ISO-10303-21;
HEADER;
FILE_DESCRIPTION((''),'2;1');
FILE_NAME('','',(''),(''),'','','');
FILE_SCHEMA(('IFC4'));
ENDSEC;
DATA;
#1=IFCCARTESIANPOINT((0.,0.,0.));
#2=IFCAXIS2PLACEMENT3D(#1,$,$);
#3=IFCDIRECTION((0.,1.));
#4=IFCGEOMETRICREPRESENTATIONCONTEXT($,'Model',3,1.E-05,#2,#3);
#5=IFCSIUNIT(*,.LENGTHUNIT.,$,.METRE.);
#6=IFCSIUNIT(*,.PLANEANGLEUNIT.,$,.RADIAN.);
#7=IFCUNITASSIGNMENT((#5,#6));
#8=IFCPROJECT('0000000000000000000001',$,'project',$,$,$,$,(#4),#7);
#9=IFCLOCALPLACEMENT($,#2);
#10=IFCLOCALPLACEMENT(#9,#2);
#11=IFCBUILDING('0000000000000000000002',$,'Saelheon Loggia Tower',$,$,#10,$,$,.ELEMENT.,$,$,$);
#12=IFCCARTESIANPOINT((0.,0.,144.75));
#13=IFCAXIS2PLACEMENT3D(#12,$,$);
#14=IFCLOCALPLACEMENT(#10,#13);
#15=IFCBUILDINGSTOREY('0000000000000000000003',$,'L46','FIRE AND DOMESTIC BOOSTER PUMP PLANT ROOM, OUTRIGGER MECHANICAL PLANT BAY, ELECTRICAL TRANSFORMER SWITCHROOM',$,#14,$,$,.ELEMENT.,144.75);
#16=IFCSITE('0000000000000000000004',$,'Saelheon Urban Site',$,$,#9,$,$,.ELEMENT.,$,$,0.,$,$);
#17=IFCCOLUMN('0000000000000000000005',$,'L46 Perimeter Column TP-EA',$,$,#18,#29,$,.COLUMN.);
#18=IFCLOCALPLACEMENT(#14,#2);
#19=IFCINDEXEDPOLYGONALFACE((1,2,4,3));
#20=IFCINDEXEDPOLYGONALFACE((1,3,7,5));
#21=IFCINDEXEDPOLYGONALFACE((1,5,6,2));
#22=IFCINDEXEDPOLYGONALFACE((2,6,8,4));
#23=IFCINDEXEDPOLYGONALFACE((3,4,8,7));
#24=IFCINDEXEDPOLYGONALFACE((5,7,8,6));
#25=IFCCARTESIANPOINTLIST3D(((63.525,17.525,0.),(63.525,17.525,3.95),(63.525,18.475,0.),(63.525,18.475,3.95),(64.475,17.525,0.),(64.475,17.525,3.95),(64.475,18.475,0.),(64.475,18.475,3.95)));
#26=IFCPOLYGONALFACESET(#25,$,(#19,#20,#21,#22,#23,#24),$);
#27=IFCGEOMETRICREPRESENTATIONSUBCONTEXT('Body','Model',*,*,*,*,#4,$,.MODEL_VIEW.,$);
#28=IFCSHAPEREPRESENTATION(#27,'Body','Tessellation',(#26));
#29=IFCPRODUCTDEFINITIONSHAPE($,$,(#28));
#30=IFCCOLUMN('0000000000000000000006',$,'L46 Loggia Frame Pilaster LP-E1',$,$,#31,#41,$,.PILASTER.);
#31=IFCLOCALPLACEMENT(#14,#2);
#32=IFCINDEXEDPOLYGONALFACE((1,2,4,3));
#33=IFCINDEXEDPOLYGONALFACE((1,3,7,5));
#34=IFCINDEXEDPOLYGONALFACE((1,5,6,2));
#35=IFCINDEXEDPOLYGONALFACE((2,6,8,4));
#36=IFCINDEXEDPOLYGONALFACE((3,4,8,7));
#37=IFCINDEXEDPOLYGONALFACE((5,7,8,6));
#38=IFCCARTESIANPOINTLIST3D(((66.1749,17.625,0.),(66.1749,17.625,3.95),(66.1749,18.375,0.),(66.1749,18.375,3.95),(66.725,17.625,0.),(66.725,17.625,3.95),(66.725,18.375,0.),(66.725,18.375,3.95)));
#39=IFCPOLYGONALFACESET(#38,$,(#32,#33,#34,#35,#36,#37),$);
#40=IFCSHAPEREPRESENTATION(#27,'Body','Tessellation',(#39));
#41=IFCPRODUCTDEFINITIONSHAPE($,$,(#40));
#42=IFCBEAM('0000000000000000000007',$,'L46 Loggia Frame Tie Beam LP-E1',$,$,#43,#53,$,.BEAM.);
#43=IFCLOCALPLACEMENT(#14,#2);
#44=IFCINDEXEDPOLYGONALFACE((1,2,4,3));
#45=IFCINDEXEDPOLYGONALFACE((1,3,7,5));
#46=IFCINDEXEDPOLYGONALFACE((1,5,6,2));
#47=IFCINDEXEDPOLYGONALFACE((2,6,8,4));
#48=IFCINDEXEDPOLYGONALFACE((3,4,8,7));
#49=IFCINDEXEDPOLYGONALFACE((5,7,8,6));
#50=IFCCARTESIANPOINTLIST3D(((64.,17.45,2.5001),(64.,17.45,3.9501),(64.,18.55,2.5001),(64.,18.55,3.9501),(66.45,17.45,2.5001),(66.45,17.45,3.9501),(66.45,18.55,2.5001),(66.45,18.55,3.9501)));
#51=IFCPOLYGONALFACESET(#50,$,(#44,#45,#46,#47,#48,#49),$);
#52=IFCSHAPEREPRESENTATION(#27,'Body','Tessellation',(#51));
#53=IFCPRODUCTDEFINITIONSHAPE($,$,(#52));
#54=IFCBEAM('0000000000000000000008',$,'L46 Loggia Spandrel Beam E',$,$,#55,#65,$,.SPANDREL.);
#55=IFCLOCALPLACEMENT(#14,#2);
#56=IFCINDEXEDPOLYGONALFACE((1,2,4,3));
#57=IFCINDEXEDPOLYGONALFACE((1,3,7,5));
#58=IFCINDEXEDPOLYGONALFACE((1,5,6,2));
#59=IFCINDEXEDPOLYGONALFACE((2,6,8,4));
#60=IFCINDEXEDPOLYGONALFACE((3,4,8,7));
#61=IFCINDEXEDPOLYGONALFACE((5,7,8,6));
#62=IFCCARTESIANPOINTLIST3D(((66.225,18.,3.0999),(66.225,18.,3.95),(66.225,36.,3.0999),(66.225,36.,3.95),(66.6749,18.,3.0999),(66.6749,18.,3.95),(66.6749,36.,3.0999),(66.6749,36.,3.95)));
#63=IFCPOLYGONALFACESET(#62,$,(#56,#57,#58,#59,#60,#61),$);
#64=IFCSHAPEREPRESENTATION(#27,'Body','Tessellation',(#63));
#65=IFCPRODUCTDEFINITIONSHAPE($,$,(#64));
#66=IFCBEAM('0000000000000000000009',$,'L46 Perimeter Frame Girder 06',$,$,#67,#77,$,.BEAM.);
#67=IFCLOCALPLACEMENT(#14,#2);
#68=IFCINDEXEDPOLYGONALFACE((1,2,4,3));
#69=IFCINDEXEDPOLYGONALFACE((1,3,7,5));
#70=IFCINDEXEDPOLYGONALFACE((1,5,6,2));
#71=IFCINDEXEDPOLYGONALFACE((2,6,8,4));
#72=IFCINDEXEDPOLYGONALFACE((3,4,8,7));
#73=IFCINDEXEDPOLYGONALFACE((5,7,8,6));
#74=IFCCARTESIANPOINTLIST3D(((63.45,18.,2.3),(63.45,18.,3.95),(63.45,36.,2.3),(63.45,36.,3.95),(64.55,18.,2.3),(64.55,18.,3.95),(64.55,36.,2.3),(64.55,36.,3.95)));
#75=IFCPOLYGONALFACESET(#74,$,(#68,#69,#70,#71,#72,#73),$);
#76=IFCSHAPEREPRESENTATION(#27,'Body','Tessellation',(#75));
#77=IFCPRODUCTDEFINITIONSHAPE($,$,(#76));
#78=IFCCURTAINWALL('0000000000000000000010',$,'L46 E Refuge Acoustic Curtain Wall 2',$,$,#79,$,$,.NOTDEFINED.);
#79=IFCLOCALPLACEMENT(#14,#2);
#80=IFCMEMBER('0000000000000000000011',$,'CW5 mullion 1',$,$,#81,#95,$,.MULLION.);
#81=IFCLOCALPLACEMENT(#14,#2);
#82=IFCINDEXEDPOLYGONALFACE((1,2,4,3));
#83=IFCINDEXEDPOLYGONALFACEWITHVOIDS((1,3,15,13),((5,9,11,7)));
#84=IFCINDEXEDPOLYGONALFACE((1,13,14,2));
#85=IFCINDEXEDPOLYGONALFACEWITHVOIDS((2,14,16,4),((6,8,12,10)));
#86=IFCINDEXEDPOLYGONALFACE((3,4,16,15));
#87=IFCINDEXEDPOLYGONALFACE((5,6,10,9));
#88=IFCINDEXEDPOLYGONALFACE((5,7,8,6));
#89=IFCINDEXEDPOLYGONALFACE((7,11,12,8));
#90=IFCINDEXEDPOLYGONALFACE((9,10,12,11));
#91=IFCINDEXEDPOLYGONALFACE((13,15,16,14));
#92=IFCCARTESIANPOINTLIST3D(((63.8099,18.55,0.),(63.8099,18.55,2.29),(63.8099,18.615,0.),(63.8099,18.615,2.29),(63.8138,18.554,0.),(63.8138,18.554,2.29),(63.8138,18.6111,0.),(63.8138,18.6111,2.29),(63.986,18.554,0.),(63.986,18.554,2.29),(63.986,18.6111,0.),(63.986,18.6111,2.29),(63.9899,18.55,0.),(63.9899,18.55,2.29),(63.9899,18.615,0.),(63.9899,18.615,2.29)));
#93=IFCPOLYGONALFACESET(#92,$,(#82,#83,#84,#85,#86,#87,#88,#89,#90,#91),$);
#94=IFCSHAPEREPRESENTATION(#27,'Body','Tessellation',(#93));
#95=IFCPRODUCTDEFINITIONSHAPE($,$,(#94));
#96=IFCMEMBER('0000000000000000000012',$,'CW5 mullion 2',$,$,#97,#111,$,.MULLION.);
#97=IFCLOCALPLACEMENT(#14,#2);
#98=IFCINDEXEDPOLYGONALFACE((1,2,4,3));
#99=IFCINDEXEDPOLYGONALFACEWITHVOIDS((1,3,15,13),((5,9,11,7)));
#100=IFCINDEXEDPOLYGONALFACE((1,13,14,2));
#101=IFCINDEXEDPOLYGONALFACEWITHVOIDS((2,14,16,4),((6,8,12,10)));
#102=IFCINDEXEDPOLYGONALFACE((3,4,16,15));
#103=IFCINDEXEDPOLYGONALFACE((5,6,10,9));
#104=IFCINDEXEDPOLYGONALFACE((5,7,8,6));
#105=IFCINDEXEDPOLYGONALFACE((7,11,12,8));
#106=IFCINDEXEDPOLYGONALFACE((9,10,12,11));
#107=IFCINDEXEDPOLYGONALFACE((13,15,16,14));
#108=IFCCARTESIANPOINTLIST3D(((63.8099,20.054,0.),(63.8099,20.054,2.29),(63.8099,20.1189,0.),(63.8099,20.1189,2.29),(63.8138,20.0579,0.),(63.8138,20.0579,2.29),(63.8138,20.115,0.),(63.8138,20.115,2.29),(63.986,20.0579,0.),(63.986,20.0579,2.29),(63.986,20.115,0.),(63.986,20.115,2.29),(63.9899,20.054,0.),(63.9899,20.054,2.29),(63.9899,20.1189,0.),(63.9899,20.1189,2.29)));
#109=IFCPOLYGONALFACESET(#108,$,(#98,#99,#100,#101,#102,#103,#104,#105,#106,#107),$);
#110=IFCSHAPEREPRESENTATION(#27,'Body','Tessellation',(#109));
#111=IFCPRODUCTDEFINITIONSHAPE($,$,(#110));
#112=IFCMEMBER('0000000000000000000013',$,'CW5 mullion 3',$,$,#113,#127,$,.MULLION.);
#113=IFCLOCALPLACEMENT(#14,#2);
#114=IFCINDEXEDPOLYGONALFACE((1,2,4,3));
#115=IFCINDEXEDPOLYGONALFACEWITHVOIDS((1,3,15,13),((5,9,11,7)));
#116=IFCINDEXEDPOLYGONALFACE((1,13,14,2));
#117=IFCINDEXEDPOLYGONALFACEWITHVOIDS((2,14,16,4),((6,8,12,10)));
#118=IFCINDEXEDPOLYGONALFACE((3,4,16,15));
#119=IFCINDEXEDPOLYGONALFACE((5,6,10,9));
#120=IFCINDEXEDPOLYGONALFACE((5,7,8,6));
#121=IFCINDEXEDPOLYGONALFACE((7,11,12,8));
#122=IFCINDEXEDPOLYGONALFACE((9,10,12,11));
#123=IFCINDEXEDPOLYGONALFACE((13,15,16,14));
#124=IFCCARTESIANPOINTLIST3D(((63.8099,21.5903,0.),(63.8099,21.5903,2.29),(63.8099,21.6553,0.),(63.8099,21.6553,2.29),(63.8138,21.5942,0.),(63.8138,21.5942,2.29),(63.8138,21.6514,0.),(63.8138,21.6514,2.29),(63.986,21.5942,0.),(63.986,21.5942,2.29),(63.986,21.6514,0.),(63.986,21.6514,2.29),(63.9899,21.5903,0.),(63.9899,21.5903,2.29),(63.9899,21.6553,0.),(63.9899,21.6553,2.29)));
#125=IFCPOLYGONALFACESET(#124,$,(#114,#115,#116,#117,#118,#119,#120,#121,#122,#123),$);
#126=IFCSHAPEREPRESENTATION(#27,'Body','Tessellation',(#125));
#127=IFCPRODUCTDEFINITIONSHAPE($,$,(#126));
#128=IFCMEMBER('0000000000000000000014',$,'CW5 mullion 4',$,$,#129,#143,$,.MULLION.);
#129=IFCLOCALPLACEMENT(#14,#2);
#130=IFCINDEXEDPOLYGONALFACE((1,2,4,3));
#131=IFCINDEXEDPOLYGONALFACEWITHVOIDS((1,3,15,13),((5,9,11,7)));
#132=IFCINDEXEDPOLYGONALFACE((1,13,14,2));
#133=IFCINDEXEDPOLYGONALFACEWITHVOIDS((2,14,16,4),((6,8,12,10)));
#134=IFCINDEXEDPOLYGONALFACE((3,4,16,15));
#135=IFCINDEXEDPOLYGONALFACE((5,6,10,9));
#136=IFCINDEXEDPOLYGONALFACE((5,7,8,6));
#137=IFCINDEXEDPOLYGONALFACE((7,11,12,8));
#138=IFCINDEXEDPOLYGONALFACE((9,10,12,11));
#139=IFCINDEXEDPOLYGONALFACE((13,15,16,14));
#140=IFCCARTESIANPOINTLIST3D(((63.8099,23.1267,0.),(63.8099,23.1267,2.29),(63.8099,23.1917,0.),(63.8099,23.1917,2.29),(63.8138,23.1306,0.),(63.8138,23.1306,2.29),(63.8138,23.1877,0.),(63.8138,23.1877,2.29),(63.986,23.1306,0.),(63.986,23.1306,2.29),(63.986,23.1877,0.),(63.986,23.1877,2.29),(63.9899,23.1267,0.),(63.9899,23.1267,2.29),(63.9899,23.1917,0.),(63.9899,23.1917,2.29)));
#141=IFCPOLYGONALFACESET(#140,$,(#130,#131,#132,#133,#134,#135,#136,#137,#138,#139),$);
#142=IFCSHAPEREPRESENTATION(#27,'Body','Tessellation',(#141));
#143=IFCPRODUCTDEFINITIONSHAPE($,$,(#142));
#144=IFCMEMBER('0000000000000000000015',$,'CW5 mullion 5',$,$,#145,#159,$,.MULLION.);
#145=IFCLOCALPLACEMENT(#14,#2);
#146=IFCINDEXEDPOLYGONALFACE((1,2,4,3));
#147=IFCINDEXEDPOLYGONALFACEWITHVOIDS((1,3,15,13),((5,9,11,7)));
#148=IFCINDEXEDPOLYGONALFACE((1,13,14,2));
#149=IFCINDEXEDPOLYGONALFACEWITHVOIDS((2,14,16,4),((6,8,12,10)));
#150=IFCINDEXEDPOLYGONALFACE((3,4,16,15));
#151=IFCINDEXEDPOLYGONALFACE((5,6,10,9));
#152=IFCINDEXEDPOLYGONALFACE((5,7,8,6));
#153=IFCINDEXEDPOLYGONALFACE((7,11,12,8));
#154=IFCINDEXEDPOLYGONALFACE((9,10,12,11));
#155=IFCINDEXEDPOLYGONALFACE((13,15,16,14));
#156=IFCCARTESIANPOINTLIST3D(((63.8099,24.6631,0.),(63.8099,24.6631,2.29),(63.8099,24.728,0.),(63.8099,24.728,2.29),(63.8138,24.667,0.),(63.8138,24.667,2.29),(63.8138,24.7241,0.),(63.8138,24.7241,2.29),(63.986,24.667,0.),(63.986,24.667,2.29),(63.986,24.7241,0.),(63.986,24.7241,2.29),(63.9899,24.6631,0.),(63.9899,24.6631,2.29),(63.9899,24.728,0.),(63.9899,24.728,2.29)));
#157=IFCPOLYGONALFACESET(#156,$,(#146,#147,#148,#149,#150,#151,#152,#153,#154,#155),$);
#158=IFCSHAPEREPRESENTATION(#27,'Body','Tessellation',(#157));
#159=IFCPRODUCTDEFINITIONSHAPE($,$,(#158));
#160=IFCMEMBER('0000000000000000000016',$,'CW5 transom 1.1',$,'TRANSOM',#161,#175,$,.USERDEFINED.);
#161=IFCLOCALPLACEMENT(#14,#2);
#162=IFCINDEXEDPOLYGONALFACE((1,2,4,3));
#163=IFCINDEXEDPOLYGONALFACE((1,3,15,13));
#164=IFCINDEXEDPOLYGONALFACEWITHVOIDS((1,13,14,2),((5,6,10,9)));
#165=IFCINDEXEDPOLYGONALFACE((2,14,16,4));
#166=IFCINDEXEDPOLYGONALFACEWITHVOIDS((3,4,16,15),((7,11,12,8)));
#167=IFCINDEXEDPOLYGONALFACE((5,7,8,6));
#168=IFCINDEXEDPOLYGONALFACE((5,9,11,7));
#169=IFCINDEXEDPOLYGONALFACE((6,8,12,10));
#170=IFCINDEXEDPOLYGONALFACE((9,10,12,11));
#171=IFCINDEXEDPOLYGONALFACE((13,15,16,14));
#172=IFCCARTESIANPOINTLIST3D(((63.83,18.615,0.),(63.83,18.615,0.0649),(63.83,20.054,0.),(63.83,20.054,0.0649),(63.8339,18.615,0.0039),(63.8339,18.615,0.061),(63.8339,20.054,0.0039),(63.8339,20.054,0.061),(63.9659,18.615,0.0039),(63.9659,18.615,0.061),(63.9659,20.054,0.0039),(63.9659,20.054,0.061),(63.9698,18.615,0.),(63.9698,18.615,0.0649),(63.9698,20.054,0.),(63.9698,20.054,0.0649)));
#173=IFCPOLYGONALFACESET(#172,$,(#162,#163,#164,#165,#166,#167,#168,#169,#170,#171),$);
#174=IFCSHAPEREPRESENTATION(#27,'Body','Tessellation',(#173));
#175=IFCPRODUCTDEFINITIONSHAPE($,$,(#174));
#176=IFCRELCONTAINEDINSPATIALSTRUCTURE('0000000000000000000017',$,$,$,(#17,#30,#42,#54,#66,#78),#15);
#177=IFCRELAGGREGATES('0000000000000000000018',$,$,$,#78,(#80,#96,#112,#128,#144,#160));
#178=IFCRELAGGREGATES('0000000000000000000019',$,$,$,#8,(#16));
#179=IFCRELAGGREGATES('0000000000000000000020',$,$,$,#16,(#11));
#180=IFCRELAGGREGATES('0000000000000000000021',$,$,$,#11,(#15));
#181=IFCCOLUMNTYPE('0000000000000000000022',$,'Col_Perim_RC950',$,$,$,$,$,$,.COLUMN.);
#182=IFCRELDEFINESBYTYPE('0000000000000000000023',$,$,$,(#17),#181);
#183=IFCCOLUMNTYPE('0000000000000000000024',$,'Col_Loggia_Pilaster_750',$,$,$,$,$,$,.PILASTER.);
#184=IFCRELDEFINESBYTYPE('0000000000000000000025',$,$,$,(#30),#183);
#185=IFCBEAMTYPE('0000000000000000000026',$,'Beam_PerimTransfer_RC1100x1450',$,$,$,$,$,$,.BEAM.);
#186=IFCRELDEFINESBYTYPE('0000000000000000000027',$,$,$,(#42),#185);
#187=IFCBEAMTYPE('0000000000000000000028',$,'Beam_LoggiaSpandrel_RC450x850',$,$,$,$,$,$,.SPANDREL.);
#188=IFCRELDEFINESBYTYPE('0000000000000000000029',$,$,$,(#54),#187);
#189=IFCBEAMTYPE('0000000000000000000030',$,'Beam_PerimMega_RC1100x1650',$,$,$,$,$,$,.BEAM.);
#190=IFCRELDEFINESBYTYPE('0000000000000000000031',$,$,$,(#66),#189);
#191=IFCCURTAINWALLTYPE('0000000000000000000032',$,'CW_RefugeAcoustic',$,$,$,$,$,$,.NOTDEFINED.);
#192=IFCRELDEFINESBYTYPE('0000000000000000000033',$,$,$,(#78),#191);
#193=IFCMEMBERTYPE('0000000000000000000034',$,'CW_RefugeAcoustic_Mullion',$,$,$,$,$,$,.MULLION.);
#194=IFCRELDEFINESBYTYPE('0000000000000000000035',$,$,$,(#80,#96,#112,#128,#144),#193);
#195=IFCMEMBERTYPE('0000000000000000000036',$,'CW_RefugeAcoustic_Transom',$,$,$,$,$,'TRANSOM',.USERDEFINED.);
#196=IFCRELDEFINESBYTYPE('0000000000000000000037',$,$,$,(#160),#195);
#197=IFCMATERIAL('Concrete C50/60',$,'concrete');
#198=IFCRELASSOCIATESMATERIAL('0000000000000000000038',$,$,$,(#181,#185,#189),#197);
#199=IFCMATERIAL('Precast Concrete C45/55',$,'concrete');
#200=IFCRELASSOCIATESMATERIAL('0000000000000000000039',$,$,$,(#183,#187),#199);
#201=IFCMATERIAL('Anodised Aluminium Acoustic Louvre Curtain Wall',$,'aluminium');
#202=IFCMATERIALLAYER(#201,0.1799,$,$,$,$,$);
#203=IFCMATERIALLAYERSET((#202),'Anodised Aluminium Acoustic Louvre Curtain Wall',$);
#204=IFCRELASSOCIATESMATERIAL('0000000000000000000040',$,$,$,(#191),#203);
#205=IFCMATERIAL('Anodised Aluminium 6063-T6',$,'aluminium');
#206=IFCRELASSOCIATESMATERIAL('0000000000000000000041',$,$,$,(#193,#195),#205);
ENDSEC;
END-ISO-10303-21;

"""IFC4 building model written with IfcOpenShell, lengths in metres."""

from ifc_helpers import new_model, si_unit, direction, frame, origin, origin_2d, place, context, subcontext, project, spatial, rectangle, hollow_rectangle, extrude, source, transform, mapped, material, layer, layer_set, material_profile, profile_set, type_object, element, aggregate, save


model = new_model("IFC4")

# Units and contexts
model_context = context("Model", 3, precision=1e-05, world=origin(), true_north=direction((0.0, 1.0)))
body_context = subcontext(model_context, "Body", "Model", "MODEL_VIEW")
ifc_project = project(units=[si_unit("LENGTHUNIT", "METRE"), si_unit("PLANEANGLEUNIT", "RADIAN")], contexts=[model_context])

# Site, building, storey
site_placement = place(None, origin())
site = spatial("IfcSite", under=ifc_project, at=site_placement, Name="Saelheon Urban Site", CompositionType="ELEMENT", RefElevation=0.0)
building_placement = place(site_placement, origin())
building = spatial("IfcBuilding", under=site, at=building_placement, Name="Saelheon Loggia Tower", CompositionType="ELEMENT")
storey_placement = place(building_placement, frame((0.0, 0.0, 144.75)))
storey = spatial("IfcBuildingStorey", under=building, at=storey_placement, Name="L46", Description="FIRE AND DOMESTIC BOOSTER PUMP PLANT ROOM, OUTRIGGER MECHANICAL PLANT BAY, ELECTRICAL TRANSFORMER SWITCHROOM", CompositionType="ELEMENT", Elevation=144.75)

# Columns
ifc_material_1 = material(Name="Concrete C50/60", Category="concrete")
ifc_material_profile_1 = material_profile(ifc_material_1, rectangle(XDim=0.95, YDim=0.95, at=origin_2d()), Name="RC-950x950")
ifc_profile_set_1 = profile_set([ifc_material_profile_1], Name="Concrete C50/60")
column_type_1 = type_object("IfcColumnType", Name="Col_Perim_RC950", PredefinedType="COLUMN", material=ifc_profile_set_1)
shared_shape_1 = source(origin(), body_context, "Body", "SweptSolid", [
    extrude(rectangle(XDim=0.95, YDim=0.95, at=origin_2d()), origin(), (0.0, 0.0, 1.0), 3.95),
])
column_1_placement = place(storey_placement, frame((64.0, 18.0, 0.0), z_axis=(0.0, 0.0, 1.0), x_axis=(1.0, 0.0, 0.0)))
element("IfcColumn", 1, at=column_1_placement, inside=storey, type_object=column_type_1, Name="L46 Perimeter Column TP-EA", PredefinedType="COLUMN", context=body_context, shape_type="MappedRepresentation", body=[
    mapped(shared_shape_1, transform((0.0, 0.0, 0.0), scale=1.0)),
])
ifc_material_2 = material(Name="Precast Concrete C45/55", Category="concrete")
ifc_material_profile_2 = material_profile(ifc_material_2, rectangle(XDim=0.55, YDim=0.75, at=origin_2d()), Name="RC-550x750")
ifc_profile_set_2 = profile_set([ifc_material_profile_2], Name="Precast Concrete C45/55")
column_type_2 = type_object("IfcColumnType", Name="Col_Loggia_Pilaster_750", PredefinedType="PILASTER", material=ifc_profile_set_2)
shared_shape_2 = source(origin(), body_context, "Body", "SweptSolid", [
    extrude(rectangle(XDim=0.55, YDim=0.75, at=origin_2d()), origin(), (0.0, 0.0, 1.0), 3.95),
])
column_2_placement = place(storey_placement, frame((66.45, 18.0, 0.0), z_axis=(0.0, 0.0, 1.0), x_axis=(1.0, 0.0, 0.0)))
element("IfcColumn", 2, at=column_2_placement, inside=storey, type_object=column_type_2, Name="L46 Loggia Frame Pilaster LP-E1", PredefinedType="PILASTER", context=body_context, shape_type="MappedRepresentation", body=[
    mapped(shared_shape_2, transform((0.0, 0.0, 0.0), scale=1.0)),
])

# Beams
ifc_material_profile_3 = material_profile(ifc_material_1, rectangle(XDim=1.1001, YDim=1.45, at=origin_2d()), Name="RC-1100x1450")
ifc_profile_set_3 = profile_set([ifc_material_profile_3], Name="Concrete C50/60")
beam_type_1 = type_object("IfcBeamType", Name="Beam_PerimTransfer_RC1100x1450", PredefinedType="BEAM", material=ifc_profile_set_3)
shared_shape_3 = source(origin(), body_context, "Body", "SweptSolid", [
    extrude(rectangle(XDim=1.1001, YDim=1.45, at=origin_2d()), origin(), (0.0, 0.0, 1.0), 2.45),
])
beam_1_placement = place(storey_placement, frame((64.0, 18.0, 3.2251), z_axis=(1.0, 0.0, 0.0), x_axis=(0.0, 1.0, 0.0)))
element("IfcBeam", 3, at=beam_1_placement, inside=storey, type_object=beam_type_1, Name="L46 Loggia Frame Tie Beam LP-E1", PredefinedType="BEAM", context=body_context, shape_type="MappedRepresentation", body=[
    mapped(shared_shape_3, transform((0.0, 0.0, 0.0), scale=1.0)),
])
ifc_material_profile_4 = material_profile(ifc_material_2, rectangle(XDim=0.45, YDim=0.8501, at=origin_2d()), Name="RC-450x850")
ifc_profile_set_4 = profile_set([ifc_material_profile_4], Name="Precast Concrete C45/55")
beam_type_2 = type_object("IfcBeamType", Name="Beam_LoggiaSpandrel_RC450x850", PredefinedType="SPANDREL", material=ifc_profile_set_4)
shared_shape_4 = source(origin(), body_context, "Body", "SweptSolid", [
    extrude(rectangle(XDim=0.45, YDim=0.8501, at=origin_2d()), origin(), (0.0, 0.0, 1.0), 18.0),
])
beam_2_placement = place(storey_placement, frame((66.45, 18.0, 3.5249), z_axis=(0.0, 1.0, 0.0), x_axis=(-1.0, 0.0, 0.0)))
element("IfcBeam", 4, at=beam_2_placement, inside=storey, type_object=beam_type_2, Name="L46 Loggia Spandrel Beam E", PredefinedType="SPANDREL", context=body_context, shape_type="MappedRepresentation", body=[
    mapped(shared_shape_4, transform((0.0, 0.0, 0.0), scale=1.0)),
])
ifc_material_profile_5 = material_profile(ifc_material_1, rectangle(XDim=1.1001, YDim=1.6499, at=origin_2d()), Name="RC-1100x1650")
ifc_profile_set_5 = profile_set([ifc_material_profile_5], Name="Concrete C50/60")
beam_type_3 = type_object("IfcBeamType", Name="Beam_PerimMega_RC1100x1650", PredefinedType="BEAM", material=ifc_profile_set_5)
shared_shape_5 = source(origin(), body_context, "Body", "SweptSolid", [
    extrude(rectangle(XDim=1.1001, YDim=1.6499, at=origin_2d()), origin(), (0.0, 0.0, 1.0), 18.0),
])
beam_3_placement = place(storey_placement, frame((64.0, 18.0, 3.125), z_axis=(0.0, 1.0, 0.0), x_axis=(-1.0, 0.0, 0.0)))
element("IfcBeam", 5, at=beam_3_placement, inside=storey, type_object=beam_type_3, Name="L46 Perimeter Frame Girder 06", PredefinedType="BEAM", context=body_context, shape_type="MappedRepresentation", body=[
    mapped(shared_shape_5, transform((0.0, 0.0, 0.0), scale=1.0)),
])

# Curtain wall, members
ifc_material_3 = material(Name="Anodised Aluminium Acoustic Louvre Curtain Wall", Category="aluminium")
ifc_layer_1 = layer(ifc_material_3, 0.1799)
ifc_layer_set_1 = layer_set([ifc_layer_1], Name="Anodised Aluminium Acoustic Louvre Curtain Wall")
curtain_wall_type = type_object("IfcCurtainWallType", Name="CW_RefugeAcoustic", PredefinedType="NOTDEFINED", material=ifc_layer_set_1)
curtain_wall_placement = place(storey_placement, origin())
curtain_wall = element("IfcCurtainWall", 6, at=curtain_wall_placement, inside=storey, type_object=curtain_wall_type, Name="L46 E Refuge Acoustic Curtain Wall 2", PredefinedType="NOTDEFINED")
ifc_material_4 = material(Name="Anodised Aluminium 6063-T6", Category="aluminium")
ifc_material_profile_6 = material_profile(ifc_material_4, hollow_rectangle(XDim=0.0649, YDim=0.1799, WallThickness=0.0039, at=origin_2d()), Name="RHS-180x65x4")
ifc_profile_set_6 = profile_set([ifc_material_profile_6], Name="Anodised Aluminium 6063-T6")
member_type_1 = type_object("IfcMemberType", Name="CW_RefugeAcoustic_Mullion", PredefinedType="MULLION", material=ifc_profile_set_6)
shared_shape_6 = source(origin(), body_context, "Body", "SweptSolid", [
    extrude(hollow_rectangle(XDim=0.0649, YDim=0.1799, WallThickness=0.0039, at=origin_2d()), origin(), (0.0, 0.0, 1.0), 2.29),
])
member_1_placement = place(storey_placement, frame((63.8999, 18.5825, 0.0), z_axis=(0.0, 0.0, 1.0), x_axis=(0.0, 1.0, 0.0)))
member_1 = element("IfcMember", 7, at=member_1_placement, type_object=member_type_1, Name="CW5 mullion 1", PredefinedType="MULLION", context=body_context, shape_type="MappedRepresentation", body=[
    mapped(shared_shape_6, transform((0.0, 0.0, 0.0), scale=1.0)),
])
member_2_placement = place(storey_placement, frame((63.8999, 20.0864, 0.0), z_axis=(0.0, 0.0, 1.0), x_axis=(0.0, 1.0, 0.0)))
member_2 = element("IfcMember", 8, at=member_2_placement, type_object=member_type_1, Name="CW5 mullion 2", PredefinedType="MULLION", context=body_context, shape_type="MappedRepresentation", body=[
    mapped(shared_shape_6, transform((0.0, 0.0, 0.0), scale=1.0)),
])
member_3_placement = place(storey_placement, frame((63.8999, 21.6228, 0.0), z_axis=(0.0, 0.0, 1.0), x_axis=(0.0, 1.0, 0.0)))
member_3 = element("IfcMember", 9, at=member_3_placement, type_object=member_type_1, Name="CW5 mullion 3", PredefinedType="MULLION", context=body_context, shape_type="MappedRepresentation", body=[
    mapped(shared_shape_6, transform((0.0, 0.0, 0.0), scale=1.0)),
])
member_4_placement = place(storey_placement, frame((63.8999, 23.1592, 0.0), z_axis=(0.0, 0.0, 1.0), x_axis=(0.0, 1.0, 0.0)))
member_4 = element("IfcMember", 10, at=member_4_placement, type_object=member_type_1, Name="CW5 mullion 4", PredefinedType="MULLION", context=body_context, shape_type="MappedRepresentation", body=[
    mapped(shared_shape_6, transform((0.0, 0.0, 0.0), scale=1.0)),
])
member_5_placement = place(storey_placement, frame((63.8999, 24.6956, 0.0), z_axis=(0.0, 0.0, 1.0), x_axis=(0.0, 1.0, 0.0)))
member_5 = element("IfcMember", 11, at=member_5_placement, type_object=member_type_1, Name="CW5 mullion 5", PredefinedType="MULLION", context=body_context, shape_type="MappedRepresentation", body=[
    mapped(shared_shape_6, transform((0.0, 0.0, 0.0), scale=1.0)),
])
ifc_material_profile_7 = material_profile(ifc_material_4, hollow_rectangle(XDim=0.0649, YDim=0.1399, WallThickness=0.0039, at=origin_2d()), Name="RHS-140x65x4")
ifc_profile_set_7 = profile_set([ifc_material_profile_7], Name="Anodised Aluminium 6063-T6")
member_type_2 = type_object("IfcMemberType", Name="CW_RefugeAcoustic_Transom", ElementType="TRANSOM", PredefinedType="USERDEFINED", material=ifc_profile_set_7)
shared_shape_7 = source(origin(), body_context, "Body", "SweptSolid", [
    extrude(hollow_rectangle(XDim=0.0649, YDim=0.1399, WallThickness=0.0039, at=origin_2d()), origin(), (0.0, 0.0, 1.0), 1.439),
])
member_6_placement = place(storey_placement, frame((63.8999, 18.615, 0.0325), z_axis=(0.0, 1.0, 0.0), x_axis=(0.0, 0.0, 1.0)))
member_6 = element("IfcMember", 12, at=member_6_placement, type_object=member_type_2, Name="CW5 transom 1.1", ObjectType="TRANSOM", PredefinedType="USERDEFINED", context=body_context, shape_type="MappedRepresentation", body=[
    mapped(shared_shape_7, transform((0.0, 0.0, 0.0), scale=1.0)),
])

aggregate(curtain_wall, [member_1, member_2, member_3, member_4, member_5, member_6])

save(model, "model.ifc")
